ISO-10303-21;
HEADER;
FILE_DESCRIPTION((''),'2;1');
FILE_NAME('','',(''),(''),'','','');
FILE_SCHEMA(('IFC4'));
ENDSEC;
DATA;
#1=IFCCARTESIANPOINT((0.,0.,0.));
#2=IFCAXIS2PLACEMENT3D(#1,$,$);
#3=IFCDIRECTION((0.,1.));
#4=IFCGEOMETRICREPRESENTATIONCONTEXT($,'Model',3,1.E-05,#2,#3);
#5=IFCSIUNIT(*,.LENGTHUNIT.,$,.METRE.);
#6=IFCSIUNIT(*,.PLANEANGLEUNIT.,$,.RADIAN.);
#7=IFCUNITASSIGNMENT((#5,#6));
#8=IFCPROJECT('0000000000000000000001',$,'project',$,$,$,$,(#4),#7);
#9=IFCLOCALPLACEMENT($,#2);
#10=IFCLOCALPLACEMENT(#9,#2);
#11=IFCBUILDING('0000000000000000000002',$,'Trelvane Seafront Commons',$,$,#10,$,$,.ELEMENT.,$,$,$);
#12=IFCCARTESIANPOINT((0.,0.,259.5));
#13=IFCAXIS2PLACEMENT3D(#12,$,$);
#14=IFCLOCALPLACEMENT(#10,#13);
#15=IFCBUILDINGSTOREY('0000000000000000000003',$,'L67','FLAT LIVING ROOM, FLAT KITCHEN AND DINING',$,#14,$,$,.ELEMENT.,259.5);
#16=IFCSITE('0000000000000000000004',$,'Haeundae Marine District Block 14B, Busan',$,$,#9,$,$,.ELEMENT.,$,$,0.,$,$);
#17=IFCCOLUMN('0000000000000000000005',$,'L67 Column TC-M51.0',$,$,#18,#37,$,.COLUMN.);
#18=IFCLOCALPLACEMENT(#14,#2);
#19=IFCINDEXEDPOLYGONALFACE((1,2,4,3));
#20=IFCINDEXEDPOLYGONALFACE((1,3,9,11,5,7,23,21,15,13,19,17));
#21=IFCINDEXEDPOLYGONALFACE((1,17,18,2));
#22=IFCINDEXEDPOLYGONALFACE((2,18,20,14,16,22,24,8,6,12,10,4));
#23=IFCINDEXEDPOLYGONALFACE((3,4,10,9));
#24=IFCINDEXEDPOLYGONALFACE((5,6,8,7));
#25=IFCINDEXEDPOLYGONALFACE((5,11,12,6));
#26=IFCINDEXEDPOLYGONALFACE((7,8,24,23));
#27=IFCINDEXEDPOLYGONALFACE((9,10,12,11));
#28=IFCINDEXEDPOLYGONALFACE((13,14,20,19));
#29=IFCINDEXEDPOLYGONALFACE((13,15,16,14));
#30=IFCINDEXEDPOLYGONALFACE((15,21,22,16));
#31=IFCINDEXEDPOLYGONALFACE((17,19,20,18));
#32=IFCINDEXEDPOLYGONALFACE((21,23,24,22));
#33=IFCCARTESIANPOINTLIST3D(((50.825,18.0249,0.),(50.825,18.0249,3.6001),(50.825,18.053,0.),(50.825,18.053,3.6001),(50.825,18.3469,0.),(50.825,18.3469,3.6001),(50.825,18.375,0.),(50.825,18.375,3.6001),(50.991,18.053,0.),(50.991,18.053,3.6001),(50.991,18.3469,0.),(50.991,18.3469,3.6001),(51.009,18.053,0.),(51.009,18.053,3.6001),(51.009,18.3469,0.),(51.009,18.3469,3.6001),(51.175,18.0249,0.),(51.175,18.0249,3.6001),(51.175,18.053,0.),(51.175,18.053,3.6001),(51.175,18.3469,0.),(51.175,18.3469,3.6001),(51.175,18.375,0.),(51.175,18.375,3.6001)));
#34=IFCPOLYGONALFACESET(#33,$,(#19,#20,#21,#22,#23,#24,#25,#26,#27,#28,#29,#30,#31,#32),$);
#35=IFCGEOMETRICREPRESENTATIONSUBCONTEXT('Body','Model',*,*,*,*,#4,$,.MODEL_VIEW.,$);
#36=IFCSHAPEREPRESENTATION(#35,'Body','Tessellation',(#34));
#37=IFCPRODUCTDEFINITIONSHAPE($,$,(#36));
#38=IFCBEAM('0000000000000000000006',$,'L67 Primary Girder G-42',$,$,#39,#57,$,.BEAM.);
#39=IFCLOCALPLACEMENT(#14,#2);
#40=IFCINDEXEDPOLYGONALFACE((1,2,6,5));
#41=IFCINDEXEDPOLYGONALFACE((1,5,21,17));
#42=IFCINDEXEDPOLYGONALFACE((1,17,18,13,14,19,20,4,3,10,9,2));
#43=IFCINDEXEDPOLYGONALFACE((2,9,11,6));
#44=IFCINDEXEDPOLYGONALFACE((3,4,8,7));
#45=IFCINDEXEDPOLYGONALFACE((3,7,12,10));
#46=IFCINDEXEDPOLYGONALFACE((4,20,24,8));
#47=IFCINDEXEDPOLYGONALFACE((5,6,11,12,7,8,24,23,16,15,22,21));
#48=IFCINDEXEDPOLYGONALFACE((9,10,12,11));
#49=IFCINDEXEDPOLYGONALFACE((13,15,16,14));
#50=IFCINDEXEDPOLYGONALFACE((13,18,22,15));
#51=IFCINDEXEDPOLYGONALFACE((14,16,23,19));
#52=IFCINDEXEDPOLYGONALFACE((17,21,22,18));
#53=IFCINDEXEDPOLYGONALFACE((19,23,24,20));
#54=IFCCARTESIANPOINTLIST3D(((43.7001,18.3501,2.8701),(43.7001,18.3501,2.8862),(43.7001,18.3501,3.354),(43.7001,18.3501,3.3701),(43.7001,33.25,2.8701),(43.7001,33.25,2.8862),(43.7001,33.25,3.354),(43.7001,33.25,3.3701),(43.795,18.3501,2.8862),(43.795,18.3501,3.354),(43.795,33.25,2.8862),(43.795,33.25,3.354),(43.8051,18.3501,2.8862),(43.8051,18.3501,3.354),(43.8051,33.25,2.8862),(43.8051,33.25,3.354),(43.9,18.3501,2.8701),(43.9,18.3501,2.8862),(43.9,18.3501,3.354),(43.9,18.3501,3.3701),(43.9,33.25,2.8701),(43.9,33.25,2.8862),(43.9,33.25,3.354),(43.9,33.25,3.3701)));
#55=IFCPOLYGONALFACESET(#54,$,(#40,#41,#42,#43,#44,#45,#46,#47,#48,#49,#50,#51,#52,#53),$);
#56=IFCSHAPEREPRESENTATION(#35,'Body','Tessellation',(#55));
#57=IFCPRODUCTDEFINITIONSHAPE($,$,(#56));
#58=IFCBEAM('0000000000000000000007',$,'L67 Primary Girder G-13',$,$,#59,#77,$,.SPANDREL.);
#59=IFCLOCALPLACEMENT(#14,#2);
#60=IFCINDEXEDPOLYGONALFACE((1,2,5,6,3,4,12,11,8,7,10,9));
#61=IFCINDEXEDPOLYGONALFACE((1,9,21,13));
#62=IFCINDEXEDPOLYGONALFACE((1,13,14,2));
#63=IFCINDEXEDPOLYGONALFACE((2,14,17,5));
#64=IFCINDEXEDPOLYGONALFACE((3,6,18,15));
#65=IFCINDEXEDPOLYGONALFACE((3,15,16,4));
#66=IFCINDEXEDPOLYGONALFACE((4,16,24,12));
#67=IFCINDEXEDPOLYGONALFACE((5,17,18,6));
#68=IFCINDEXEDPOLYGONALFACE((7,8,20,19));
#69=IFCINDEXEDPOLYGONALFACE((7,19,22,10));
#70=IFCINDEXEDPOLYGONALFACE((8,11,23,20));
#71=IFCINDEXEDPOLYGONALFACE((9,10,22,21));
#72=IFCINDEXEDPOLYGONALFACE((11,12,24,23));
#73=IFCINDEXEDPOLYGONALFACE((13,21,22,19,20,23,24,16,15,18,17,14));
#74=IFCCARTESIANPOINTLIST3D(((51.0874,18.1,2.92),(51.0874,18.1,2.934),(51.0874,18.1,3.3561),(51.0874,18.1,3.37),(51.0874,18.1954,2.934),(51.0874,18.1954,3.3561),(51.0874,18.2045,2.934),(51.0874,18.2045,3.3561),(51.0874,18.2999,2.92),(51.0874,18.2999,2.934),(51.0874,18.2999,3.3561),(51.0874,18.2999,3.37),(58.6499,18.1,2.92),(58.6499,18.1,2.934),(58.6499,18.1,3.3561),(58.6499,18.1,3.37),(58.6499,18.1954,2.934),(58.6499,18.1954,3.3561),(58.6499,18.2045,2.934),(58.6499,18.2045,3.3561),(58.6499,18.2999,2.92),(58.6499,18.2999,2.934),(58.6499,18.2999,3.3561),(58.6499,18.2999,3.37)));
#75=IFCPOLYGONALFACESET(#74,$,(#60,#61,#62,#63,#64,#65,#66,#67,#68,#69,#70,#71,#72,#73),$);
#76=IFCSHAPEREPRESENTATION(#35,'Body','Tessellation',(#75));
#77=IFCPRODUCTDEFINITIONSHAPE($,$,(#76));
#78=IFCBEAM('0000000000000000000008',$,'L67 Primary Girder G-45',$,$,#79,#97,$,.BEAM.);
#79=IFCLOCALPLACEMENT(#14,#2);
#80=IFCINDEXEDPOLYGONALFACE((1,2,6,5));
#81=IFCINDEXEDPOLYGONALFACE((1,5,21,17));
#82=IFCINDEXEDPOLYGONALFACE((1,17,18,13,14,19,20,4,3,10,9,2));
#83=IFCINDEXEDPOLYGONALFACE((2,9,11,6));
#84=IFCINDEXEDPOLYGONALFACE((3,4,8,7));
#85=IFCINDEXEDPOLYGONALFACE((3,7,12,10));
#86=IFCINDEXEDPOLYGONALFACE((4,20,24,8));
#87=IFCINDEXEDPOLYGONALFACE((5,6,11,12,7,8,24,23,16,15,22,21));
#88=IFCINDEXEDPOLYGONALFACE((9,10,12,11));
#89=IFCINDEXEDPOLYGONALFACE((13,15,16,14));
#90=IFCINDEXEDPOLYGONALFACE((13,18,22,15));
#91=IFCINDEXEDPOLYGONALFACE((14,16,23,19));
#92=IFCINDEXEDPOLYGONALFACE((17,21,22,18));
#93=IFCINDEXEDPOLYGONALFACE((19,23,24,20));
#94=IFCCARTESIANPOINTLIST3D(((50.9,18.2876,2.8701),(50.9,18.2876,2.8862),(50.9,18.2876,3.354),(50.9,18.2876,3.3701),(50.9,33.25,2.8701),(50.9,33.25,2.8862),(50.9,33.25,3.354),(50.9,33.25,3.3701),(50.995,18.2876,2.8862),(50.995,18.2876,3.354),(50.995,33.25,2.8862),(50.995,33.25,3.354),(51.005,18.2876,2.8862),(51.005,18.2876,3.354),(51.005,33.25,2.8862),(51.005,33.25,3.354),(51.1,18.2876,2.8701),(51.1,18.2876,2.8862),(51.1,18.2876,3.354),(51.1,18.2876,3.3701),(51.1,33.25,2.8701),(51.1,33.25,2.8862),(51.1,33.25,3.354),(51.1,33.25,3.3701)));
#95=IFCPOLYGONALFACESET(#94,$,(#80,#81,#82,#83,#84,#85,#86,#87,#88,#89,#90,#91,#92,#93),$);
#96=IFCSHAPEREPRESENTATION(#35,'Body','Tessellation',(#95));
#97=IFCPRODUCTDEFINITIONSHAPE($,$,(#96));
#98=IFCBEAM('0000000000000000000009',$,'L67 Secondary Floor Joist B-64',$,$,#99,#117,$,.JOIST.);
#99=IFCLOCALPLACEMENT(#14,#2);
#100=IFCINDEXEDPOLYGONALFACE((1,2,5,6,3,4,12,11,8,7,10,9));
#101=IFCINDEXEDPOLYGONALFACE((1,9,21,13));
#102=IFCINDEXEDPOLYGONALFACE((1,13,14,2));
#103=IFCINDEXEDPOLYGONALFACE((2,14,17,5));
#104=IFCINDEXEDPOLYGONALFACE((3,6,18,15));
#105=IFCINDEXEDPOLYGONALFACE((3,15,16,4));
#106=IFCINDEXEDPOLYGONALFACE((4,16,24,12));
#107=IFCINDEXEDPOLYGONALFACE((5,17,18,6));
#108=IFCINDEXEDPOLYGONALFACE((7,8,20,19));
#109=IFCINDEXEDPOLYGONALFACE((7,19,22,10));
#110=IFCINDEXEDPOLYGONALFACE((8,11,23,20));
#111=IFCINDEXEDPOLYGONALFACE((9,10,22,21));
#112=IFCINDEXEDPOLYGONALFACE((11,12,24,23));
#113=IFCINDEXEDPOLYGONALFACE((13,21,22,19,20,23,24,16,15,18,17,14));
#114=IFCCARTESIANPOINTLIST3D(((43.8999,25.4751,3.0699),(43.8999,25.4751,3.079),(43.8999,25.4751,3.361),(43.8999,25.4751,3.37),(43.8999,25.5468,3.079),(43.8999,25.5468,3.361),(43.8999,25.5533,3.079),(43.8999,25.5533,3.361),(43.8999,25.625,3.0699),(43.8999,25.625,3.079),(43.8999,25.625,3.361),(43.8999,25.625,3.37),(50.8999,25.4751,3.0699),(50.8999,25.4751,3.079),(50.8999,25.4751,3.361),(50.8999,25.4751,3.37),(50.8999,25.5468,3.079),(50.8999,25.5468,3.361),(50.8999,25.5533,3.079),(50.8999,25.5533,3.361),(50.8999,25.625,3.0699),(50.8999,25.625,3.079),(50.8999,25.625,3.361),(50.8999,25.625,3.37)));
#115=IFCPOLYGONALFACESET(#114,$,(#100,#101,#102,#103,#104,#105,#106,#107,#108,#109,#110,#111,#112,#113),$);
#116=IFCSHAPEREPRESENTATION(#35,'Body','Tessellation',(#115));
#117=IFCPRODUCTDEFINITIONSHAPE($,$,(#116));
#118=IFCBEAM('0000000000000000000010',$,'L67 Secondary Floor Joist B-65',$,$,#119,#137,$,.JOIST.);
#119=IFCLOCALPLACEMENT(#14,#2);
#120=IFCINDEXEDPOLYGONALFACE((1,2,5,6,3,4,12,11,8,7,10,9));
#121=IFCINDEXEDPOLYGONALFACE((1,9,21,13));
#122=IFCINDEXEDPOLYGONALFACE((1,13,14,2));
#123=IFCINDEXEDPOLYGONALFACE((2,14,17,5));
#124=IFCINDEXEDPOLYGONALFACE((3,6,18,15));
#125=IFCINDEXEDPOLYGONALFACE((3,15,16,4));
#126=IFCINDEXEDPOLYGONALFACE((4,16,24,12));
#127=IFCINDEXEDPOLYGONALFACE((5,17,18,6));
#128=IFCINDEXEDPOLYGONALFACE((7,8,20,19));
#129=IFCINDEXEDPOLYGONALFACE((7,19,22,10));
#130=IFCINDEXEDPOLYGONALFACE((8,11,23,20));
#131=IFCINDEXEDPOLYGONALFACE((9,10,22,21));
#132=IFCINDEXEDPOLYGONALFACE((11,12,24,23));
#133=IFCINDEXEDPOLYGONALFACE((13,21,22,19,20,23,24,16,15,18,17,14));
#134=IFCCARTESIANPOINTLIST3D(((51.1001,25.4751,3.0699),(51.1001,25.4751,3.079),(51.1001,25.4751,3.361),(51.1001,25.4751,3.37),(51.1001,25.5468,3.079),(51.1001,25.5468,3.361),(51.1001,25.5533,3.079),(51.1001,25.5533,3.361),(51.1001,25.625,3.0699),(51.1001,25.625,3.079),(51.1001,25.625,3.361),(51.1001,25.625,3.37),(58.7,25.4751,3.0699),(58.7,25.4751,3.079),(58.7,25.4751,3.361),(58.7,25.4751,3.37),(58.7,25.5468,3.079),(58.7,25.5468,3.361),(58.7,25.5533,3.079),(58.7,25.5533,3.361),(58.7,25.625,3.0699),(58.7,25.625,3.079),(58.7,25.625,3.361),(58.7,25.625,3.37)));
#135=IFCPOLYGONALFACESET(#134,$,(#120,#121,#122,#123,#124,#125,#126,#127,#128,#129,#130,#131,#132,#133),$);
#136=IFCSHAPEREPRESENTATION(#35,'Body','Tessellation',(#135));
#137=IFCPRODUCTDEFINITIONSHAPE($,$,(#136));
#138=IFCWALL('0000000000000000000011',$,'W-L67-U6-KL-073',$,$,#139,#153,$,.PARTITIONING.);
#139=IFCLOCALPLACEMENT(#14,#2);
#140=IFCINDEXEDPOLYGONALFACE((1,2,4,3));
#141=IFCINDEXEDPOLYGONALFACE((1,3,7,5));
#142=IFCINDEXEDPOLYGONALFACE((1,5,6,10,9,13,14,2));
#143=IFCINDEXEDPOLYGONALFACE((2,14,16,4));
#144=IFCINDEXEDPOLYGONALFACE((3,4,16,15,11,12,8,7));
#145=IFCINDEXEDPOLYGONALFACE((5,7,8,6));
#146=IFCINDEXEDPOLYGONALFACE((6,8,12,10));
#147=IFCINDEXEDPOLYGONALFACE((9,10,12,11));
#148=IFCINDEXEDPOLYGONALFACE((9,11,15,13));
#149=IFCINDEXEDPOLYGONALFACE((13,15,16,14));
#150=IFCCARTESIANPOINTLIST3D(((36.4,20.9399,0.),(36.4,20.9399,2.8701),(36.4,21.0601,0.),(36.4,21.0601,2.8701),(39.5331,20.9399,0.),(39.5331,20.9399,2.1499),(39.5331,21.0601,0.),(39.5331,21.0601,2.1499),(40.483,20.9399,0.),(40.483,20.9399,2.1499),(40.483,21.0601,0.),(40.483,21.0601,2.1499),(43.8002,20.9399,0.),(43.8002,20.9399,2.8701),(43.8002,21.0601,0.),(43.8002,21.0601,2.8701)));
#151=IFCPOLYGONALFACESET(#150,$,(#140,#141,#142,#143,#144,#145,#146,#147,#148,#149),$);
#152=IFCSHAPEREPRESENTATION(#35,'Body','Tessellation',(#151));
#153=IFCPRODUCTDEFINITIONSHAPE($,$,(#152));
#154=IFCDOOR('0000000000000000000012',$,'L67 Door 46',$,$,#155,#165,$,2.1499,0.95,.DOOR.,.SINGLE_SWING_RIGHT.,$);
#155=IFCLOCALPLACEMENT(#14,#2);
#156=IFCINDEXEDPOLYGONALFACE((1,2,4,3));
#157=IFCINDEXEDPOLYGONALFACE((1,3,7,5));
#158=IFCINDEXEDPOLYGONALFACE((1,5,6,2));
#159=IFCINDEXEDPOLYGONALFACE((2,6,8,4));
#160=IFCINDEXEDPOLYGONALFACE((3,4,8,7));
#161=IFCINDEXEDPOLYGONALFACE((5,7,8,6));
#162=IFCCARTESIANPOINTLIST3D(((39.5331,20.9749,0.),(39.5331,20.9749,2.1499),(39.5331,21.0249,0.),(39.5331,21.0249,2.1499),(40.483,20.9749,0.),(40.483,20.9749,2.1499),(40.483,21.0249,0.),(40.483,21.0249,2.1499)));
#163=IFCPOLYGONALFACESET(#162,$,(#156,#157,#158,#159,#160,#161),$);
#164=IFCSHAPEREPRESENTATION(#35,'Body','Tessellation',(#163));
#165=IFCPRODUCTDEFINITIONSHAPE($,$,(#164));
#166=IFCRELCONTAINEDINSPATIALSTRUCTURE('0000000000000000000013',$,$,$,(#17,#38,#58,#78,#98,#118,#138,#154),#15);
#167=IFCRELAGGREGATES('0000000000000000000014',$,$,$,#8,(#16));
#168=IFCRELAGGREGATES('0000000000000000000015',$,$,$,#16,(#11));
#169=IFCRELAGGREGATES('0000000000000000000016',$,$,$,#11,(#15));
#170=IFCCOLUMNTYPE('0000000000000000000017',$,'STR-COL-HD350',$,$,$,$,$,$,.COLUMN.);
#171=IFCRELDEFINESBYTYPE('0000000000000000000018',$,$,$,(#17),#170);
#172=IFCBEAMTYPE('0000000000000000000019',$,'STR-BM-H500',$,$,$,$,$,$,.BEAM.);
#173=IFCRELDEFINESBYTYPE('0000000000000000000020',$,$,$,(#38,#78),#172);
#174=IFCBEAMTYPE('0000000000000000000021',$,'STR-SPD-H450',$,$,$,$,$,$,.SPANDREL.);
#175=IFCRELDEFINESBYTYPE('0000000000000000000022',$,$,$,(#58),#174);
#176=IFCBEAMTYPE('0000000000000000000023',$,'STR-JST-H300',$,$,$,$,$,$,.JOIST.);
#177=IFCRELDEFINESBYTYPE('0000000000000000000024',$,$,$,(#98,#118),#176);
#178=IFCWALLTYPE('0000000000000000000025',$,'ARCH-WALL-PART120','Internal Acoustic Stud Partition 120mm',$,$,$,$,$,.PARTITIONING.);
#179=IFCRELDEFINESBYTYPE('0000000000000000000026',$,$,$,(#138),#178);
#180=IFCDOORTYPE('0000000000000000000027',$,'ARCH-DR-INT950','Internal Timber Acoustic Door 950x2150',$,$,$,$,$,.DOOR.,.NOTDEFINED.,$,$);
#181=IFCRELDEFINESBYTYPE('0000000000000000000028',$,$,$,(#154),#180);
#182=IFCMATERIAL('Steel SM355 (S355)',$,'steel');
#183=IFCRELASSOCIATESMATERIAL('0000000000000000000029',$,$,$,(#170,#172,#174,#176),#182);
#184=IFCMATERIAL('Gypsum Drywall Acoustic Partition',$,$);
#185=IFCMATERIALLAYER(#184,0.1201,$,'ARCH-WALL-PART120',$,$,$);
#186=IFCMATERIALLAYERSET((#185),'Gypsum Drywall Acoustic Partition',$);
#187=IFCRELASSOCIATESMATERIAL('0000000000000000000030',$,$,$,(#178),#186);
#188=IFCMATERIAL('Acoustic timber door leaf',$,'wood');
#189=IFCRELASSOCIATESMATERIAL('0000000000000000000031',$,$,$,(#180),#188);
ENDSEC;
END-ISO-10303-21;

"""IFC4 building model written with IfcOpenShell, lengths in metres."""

from ifc_helpers import new_model, si_unit, direction, frame, frame_2d, origin, origin_2d, place, context, subcontext, project, spatial, rectangle, i_section, extrude, source, transform, mapped, material, layer, layer_set, material_profile, profile_set, type_object, element, fill, save


model = new_model("IFC4")

# Units and contexts
model_context = context("Model", 3, precision=1e-05, world=origin(), true_north=direction((0.0, 1.0)))
body_context = subcontext(model_context, "Body", "Model", "MODEL_VIEW")
ifc_project = project(units=[si_unit("LENGTHUNIT", "METRE"), si_unit("PLANEANGLEUNIT", "RADIAN")], contexts=[model_context])

# Site, building, storey
site_placement = place(None, origin())
site = spatial("IfcSite", under=ifc_project, at=site_placement, Name="Haeundae Marine District Block 14B, Busan", CompositionType="ELEMENT", RefElevation=0.0)
building_placement = place(site_placement, origin())
building = spatial("IfcBuilding", under=site, at=building_placement, Name="Trelvane Seafront Commons", CompositionType="ELEMENT")
storey_placement = place(building_placement, frame((0.0, 0.0, 259.5)))
storey = spatial("IfcBuildingStorey", under=building, at=storey_placement, Name="L67", Description="FLAT LIVING ROOM, FLAT KITCHEN AND DINING", CompositionType="ELEMENT", Elevation=259.5)

# Column
ifc_material_1 = material(Name="Steel SM355 (S355)", Category="steel")
ifc_material_profile_1 = material_profile(ifc_material_1, i_section(OverallWidth=0.3501, OverallDepth=0.3501, WebThickness=0.0181, FlangeThickness=0.0281, at=origin_2d()), Name="HD-350x350x18x28")
ifc_profile_set_1 = profile_set([ifc_material_profile_1], Name="Steel SM355 (S355)")
column_type = type_object("IfcColumnType", Name="STR-COL-HD350", PredefinedType="COLUMN", material=ifc_profile_set_1)
shared_shape_1 = source(origin(), body_context, "Body", "SweptSolid", [
    extrude(i_section(OverallWidth=0.3501, OverallDepth=0.3501, WebThickness=0.0181, FlangeThickness=0.0281, at=origin_2d()), origin(), (0.0, 0.0, 1.0), 3.6001),
])
column_placement = place(storey_placement, frame((51.0, 18.2, 0.0), z_axis=(0.0, 0.0, 1.0), x_axis=(1.0, 0.0, 0.0)))
element("IfcColumn", 1, at=column_placement, inside=storey, type_object=column_type, Name="L67 Column TC-M51.0", PredefinedType="COLUMN", context=body_context, shape_type="MappedRepresentation", body=[
    mapped(shared_shape_1, transform((0.0, 0.0, 0.0), x_axis=(1.0, 0.0, 0.0), y_axis=(0.0, 1.0, 0.0), z_axis=(0.0, 0.0, 1.0), scale=1.0)),
])

# Beams
ifc_material_profile_2 = material_profile(ifc_material_1, i_section(OverallWidth=0.2, OverallDepth=0.5, WebThickness=0.01, FlangeThickness=0.0161, at=origin_2d()), Name="H-500x200x10x16")
ifc_profile_set_2 = profile_set([ifc_material_profile_2], Name="Steel SM355 (S355)")
beam_type_1 = type_object("IfcBeamType", Name="STR-BM-H500", PredefinedType="BEAM", material=ifc_profile_set_2)
shared_shape_2 = source(origin(), body_context, "Body", "SweptSolid", [
    extrude(i_section(OverallWidth=0.2, OverallDepth=0.5, WebThickness=0.01, FlangeThickness=0.0161, at=origin_2d()), origin(), (0.0, 0.0, 1.0), 14.8999),
])
beam_1_placement = place(storey_placement, frame((43.8, 18.3501, 3.1201), z_axis=(0.0, 1.0, 0.0), x_axis=(-1.0, 0.0, 0.0)))
element("IfcBeam", 2, at=beam_1_placement, inside=storey, type_object=beam_type_1, Name="L67 Primary Girder G-42", PredefinedType="BEAM", context=body_context, shape_type="MappedRepresentation", body=[
    mapped(shared_shape_2, transform((0.0, 0.0, 0.0), x_axis=(1.0, 0.0, 0.0), y_axis=(0.0, 1.0, 0.0), z_axis=(0.0, 0.0, 1.0), scale=1.0)),
])
ifc_material_profile_3 = material_profile(ifc_material_1, i_section(OverallWidth=0.2, OverallDepth=0.45, WebThickness=0.009, FlangeThickness=0.0139, at=origin_2d()), Name="H-450x200x9x14")
ifc_profile_set_3 = profile_set([ifc_material_profile_3], Name="Steel SM355 (S355)")
beam_type_2 = type_object("IfcBeamType", Name="STR-SPD-H450", PredefinedType="SPANDREL", material=ifc_profile_set_3)
shared_shape_3 = source(origin(), body_context, "Body", "SweptSolid", [
    extrude(i_section(OverallWidth=0.2, OverallDepth=0.45, WebThickness=0.009, FlangeThickness=0.0139, at=origin_2d()), origin(), (0.0, 0.0, 1.0), 7.5625),
])
beam_2_placement = place(storey_placement, frame((51.0874, 18.2, 3.145), z_axis=(1.0, 0.0, 0.0), x_axis=(0.0, 1.0, 0.0)))
element("IfcBeam", 3, at=beam_2_placement, inside=storey, type_object=beam_type_2, Name="L67 Primary Girder G-13", PredefinedType="SPANDREL", context=body_context, shape_type="MappedRepresentation", body=[
    mapped(shared_shape_3, transform((0.0, 0.0, 0.0), x_axis=(1.0, 0.0, 0.0), y_axis=(0.0, 1.0, 0.0), z_axis=(0.0, 0.0, 1.0), scale=1.0)),
])
shared_shape_4 = source(origin(), body_context, "Body", "SweptSolid", [
    extrude(i_section(OverallWidth=0.2, OverallDepth=0.5, WebThickness=0.01, FlangeThickness=0.0161, at=origin_2d()), origin(), (0.0, 0.0, 1.0), 14.9624),
])
beam_3_placement = place(storey_placement, frame((51.0, 18.2876, 3.1201), z_axis=(0.0, 1.0, 0.0), x_axis=(-1.0, 0.0, 0.0)))
element("IfcBeam", 4, at=beam_3_placement, inside=storey, type_object=beam_type_1, Name="L67 Primary Girder G-45", PredefinedType="BEAM", context=body_context, shape_type="MappedRepresentation", body=[
    mapped(shared_shape_4, transform((0.0, 0.0, 0.0), x_axis=(1.0, 0.0, 0.0), y_axis=(0.0, 1.0, 0.0), z_axis=(0.0, 0.0, 1.0), scale=1.0)),
])
ifc_material_profile_4 = material_profile(ifc_material_1, i_section(OverallWidth=0.1499, OverallDepth=0.3, WebThickness=0.0066, FlangeThickness=0.009, at=origin_2d()), Name="H-300x150x6.5x9")
ifc_profile_set_4 = profile_set([ifc_material_profile_4], Name="Steel SM355 (S355)")
beam_type_3 = type_object("IfcBeamType", Name="STR-JST-H300", PredefinedType="JOIST", material=ifc_profile_set_4)
shared_shape_5 = source(origin(), body_context, "Body", "SweptSolid", [
    extrude(i_section(OverallWidth=0.1499, OverallDepth=0.3, WebThickness=0.0066, FlangeThickness=0.009, at=origin_2d()), origin(), (0.0, 0.0, 1.0), 7.0),
])
beam_4_placement = place(storey_placement, frame((43.8999, 25.55, 3.22), z_axis=(1.0, 0.0, 0.0), x_axis=(0.0, 1.0, 0.0)))
element("IfcBeam", 5, at=beam_4_placement, inside=storey, type_object=beam_type_3, Name="L67 Secondary Floor Joist B-64", PredefinedType="JOIST", context=body_context, shape_type="MappedRepresentation", body=[
    mapped(shared_shape_5, transform((0.0, 0.0, 0.0), x_axis=(1.0, 0.0, 0.0), y_axis=(0.0, 1.0, 0.0), z_axis=(0.0, 0.0, 1.0), scale=1.0)),
])
shared_shape_6 = source(origin(), body_context, "Body", "SweptSolid", [
    extrude(i_section(OverallWidth=0.1499, OverallDepth=0.3, WebThickness=0.0066, FlangeThickness=0.009, at=origin_2d()), origin(), (0.0, 0.0, 1.0), 7.5999),
])
beam_5_placement = place(storey_placement, frame((51.1001, 25.55, 3.22), z_axis=(1.0, 0.0, 0.0), x_axis=(0.0, 1.0, 0.0)))
element("IfcBeam", 6, at=beam_5_placement, inside=storey, type_object=beam_type_3, Name="L67 Secondary Floor Joist B-65", PredefinedType="JOIST", context=body_context, shape_type="MappedRepresentation", body=[
    mapped(shared_shape_6, transform((0.0, 0.0, 0.0), x_axis=(1.0, 0.0, 0.0), y_axis=(0.0, 1.0, 0.0), z_axis=(0.0, 0.0, 1.0), scale=1.0)),
])

# Wall, opening, door
ifc_material_2 = material(Name="Gypsum Drywall Acoustic Partition")
ifc_layer = layer(ifc_material_2, 0.1201, Name="ARCH-WALL-PART120")
ifc_layer_set = layer_set([ifc_layer], Name="Gypsum Drywall Acoustic Partition")
wall_type = type_object("IfcWallType", Name="ARCH-WALL-PART120", Description="Internal Acoustic Stud Partition 120mm", PredefinedType="PARTITIONING", material=ifc_layer_set)
wall_1_placement = place(storey_placement, frame((36.3999, 21.0, 0.0), z_axis=(0.0, 0.0, 1.0), x_axis=(1.0, 0.0, 0.0)))
wall_1 = element("IfcWall", 7, at=wall_1_placement, inside=storey, type_object=wall_type, Name="W-L67-U6-KL-073", PredefinedType="PARTITIONING", context=body_context, shape_type="SweptSolid", body=[
    extrude(rectangle(XDim=7.4001, YDim=0.1201, at=frame_2d((3.7002, 0.0))), origin(), (0.0, 0.0, 1.0), 2.8701),
])
opening_1_placement = place(wall_1_placement, frame((3.1331, 0.0, 0.0)))
opening_1 = element("IfcOpeningElement", 8, at=opening_1_placement, cuts=wall_1, PredefinedType="OPENING", context=body_context, shape_type="SweptSolid", body=[
    extrude(rectangle(XDim=0.95, YDim=2.1499, at=frame_2d((0.4751, 1.075))), frame((0.0, 0.0701, 0.0), z_axis=(0.0, -1.0, 0.0), x_axis=(1.0, 0.0, 0.0)), (0.0, 0.0, 1.0), 0.1401),
])
ifc_material_3 = material(Name="Acoustic timber door leaf", Category="wood")
door_type_1 = type_object("IfcDoorType", Name="ARCH-DR-INT950", Description="Internal Timber Acoustic Door 950x2150", OperationType="NOTDEFINED", PredefinedType="DOOR", material=ifc_material_3)
shared_shape_7 = source(origin(), body_context, "Body", "SweptSolid", [
    extrude(rectangle(XDim=0.95, YDim=2.1499, at=frame_2d((0.4751, 1.075))), frame((0.0, 0.0249, 0.0), z_axis=(0.0, -1.0, 0.0), x_axis=(1.0, 0.0, 0.0)), (0.0, 0.0, 1.0), 0.05),
])
door_1_placement = place(opening_1_placement, origin())
door_1 = element("IfcDoor", 9, at=door_1_placement, inside=storey, type_object=door_type_1, Name="L67 Door 46", OperationType="SINGLE_SWING_RIGHT", OverallHeight=2.1499, OverallWidth=0.95, PredefinedType="DOOR", context=body_context, shape_type="MappedRepresentation", body=[
    mapped(shared_shape_7, transform((0.0, 0.0, 0.0), x_axis=(1.0, 0.0, 0.0), y_axis=(0.0, 1.0, 0.0), z_axis=(0.0, 0.0, 1.0), scale=1.0)),
])
fill(opening_1, door_1)

save(model, "model.ifc")
